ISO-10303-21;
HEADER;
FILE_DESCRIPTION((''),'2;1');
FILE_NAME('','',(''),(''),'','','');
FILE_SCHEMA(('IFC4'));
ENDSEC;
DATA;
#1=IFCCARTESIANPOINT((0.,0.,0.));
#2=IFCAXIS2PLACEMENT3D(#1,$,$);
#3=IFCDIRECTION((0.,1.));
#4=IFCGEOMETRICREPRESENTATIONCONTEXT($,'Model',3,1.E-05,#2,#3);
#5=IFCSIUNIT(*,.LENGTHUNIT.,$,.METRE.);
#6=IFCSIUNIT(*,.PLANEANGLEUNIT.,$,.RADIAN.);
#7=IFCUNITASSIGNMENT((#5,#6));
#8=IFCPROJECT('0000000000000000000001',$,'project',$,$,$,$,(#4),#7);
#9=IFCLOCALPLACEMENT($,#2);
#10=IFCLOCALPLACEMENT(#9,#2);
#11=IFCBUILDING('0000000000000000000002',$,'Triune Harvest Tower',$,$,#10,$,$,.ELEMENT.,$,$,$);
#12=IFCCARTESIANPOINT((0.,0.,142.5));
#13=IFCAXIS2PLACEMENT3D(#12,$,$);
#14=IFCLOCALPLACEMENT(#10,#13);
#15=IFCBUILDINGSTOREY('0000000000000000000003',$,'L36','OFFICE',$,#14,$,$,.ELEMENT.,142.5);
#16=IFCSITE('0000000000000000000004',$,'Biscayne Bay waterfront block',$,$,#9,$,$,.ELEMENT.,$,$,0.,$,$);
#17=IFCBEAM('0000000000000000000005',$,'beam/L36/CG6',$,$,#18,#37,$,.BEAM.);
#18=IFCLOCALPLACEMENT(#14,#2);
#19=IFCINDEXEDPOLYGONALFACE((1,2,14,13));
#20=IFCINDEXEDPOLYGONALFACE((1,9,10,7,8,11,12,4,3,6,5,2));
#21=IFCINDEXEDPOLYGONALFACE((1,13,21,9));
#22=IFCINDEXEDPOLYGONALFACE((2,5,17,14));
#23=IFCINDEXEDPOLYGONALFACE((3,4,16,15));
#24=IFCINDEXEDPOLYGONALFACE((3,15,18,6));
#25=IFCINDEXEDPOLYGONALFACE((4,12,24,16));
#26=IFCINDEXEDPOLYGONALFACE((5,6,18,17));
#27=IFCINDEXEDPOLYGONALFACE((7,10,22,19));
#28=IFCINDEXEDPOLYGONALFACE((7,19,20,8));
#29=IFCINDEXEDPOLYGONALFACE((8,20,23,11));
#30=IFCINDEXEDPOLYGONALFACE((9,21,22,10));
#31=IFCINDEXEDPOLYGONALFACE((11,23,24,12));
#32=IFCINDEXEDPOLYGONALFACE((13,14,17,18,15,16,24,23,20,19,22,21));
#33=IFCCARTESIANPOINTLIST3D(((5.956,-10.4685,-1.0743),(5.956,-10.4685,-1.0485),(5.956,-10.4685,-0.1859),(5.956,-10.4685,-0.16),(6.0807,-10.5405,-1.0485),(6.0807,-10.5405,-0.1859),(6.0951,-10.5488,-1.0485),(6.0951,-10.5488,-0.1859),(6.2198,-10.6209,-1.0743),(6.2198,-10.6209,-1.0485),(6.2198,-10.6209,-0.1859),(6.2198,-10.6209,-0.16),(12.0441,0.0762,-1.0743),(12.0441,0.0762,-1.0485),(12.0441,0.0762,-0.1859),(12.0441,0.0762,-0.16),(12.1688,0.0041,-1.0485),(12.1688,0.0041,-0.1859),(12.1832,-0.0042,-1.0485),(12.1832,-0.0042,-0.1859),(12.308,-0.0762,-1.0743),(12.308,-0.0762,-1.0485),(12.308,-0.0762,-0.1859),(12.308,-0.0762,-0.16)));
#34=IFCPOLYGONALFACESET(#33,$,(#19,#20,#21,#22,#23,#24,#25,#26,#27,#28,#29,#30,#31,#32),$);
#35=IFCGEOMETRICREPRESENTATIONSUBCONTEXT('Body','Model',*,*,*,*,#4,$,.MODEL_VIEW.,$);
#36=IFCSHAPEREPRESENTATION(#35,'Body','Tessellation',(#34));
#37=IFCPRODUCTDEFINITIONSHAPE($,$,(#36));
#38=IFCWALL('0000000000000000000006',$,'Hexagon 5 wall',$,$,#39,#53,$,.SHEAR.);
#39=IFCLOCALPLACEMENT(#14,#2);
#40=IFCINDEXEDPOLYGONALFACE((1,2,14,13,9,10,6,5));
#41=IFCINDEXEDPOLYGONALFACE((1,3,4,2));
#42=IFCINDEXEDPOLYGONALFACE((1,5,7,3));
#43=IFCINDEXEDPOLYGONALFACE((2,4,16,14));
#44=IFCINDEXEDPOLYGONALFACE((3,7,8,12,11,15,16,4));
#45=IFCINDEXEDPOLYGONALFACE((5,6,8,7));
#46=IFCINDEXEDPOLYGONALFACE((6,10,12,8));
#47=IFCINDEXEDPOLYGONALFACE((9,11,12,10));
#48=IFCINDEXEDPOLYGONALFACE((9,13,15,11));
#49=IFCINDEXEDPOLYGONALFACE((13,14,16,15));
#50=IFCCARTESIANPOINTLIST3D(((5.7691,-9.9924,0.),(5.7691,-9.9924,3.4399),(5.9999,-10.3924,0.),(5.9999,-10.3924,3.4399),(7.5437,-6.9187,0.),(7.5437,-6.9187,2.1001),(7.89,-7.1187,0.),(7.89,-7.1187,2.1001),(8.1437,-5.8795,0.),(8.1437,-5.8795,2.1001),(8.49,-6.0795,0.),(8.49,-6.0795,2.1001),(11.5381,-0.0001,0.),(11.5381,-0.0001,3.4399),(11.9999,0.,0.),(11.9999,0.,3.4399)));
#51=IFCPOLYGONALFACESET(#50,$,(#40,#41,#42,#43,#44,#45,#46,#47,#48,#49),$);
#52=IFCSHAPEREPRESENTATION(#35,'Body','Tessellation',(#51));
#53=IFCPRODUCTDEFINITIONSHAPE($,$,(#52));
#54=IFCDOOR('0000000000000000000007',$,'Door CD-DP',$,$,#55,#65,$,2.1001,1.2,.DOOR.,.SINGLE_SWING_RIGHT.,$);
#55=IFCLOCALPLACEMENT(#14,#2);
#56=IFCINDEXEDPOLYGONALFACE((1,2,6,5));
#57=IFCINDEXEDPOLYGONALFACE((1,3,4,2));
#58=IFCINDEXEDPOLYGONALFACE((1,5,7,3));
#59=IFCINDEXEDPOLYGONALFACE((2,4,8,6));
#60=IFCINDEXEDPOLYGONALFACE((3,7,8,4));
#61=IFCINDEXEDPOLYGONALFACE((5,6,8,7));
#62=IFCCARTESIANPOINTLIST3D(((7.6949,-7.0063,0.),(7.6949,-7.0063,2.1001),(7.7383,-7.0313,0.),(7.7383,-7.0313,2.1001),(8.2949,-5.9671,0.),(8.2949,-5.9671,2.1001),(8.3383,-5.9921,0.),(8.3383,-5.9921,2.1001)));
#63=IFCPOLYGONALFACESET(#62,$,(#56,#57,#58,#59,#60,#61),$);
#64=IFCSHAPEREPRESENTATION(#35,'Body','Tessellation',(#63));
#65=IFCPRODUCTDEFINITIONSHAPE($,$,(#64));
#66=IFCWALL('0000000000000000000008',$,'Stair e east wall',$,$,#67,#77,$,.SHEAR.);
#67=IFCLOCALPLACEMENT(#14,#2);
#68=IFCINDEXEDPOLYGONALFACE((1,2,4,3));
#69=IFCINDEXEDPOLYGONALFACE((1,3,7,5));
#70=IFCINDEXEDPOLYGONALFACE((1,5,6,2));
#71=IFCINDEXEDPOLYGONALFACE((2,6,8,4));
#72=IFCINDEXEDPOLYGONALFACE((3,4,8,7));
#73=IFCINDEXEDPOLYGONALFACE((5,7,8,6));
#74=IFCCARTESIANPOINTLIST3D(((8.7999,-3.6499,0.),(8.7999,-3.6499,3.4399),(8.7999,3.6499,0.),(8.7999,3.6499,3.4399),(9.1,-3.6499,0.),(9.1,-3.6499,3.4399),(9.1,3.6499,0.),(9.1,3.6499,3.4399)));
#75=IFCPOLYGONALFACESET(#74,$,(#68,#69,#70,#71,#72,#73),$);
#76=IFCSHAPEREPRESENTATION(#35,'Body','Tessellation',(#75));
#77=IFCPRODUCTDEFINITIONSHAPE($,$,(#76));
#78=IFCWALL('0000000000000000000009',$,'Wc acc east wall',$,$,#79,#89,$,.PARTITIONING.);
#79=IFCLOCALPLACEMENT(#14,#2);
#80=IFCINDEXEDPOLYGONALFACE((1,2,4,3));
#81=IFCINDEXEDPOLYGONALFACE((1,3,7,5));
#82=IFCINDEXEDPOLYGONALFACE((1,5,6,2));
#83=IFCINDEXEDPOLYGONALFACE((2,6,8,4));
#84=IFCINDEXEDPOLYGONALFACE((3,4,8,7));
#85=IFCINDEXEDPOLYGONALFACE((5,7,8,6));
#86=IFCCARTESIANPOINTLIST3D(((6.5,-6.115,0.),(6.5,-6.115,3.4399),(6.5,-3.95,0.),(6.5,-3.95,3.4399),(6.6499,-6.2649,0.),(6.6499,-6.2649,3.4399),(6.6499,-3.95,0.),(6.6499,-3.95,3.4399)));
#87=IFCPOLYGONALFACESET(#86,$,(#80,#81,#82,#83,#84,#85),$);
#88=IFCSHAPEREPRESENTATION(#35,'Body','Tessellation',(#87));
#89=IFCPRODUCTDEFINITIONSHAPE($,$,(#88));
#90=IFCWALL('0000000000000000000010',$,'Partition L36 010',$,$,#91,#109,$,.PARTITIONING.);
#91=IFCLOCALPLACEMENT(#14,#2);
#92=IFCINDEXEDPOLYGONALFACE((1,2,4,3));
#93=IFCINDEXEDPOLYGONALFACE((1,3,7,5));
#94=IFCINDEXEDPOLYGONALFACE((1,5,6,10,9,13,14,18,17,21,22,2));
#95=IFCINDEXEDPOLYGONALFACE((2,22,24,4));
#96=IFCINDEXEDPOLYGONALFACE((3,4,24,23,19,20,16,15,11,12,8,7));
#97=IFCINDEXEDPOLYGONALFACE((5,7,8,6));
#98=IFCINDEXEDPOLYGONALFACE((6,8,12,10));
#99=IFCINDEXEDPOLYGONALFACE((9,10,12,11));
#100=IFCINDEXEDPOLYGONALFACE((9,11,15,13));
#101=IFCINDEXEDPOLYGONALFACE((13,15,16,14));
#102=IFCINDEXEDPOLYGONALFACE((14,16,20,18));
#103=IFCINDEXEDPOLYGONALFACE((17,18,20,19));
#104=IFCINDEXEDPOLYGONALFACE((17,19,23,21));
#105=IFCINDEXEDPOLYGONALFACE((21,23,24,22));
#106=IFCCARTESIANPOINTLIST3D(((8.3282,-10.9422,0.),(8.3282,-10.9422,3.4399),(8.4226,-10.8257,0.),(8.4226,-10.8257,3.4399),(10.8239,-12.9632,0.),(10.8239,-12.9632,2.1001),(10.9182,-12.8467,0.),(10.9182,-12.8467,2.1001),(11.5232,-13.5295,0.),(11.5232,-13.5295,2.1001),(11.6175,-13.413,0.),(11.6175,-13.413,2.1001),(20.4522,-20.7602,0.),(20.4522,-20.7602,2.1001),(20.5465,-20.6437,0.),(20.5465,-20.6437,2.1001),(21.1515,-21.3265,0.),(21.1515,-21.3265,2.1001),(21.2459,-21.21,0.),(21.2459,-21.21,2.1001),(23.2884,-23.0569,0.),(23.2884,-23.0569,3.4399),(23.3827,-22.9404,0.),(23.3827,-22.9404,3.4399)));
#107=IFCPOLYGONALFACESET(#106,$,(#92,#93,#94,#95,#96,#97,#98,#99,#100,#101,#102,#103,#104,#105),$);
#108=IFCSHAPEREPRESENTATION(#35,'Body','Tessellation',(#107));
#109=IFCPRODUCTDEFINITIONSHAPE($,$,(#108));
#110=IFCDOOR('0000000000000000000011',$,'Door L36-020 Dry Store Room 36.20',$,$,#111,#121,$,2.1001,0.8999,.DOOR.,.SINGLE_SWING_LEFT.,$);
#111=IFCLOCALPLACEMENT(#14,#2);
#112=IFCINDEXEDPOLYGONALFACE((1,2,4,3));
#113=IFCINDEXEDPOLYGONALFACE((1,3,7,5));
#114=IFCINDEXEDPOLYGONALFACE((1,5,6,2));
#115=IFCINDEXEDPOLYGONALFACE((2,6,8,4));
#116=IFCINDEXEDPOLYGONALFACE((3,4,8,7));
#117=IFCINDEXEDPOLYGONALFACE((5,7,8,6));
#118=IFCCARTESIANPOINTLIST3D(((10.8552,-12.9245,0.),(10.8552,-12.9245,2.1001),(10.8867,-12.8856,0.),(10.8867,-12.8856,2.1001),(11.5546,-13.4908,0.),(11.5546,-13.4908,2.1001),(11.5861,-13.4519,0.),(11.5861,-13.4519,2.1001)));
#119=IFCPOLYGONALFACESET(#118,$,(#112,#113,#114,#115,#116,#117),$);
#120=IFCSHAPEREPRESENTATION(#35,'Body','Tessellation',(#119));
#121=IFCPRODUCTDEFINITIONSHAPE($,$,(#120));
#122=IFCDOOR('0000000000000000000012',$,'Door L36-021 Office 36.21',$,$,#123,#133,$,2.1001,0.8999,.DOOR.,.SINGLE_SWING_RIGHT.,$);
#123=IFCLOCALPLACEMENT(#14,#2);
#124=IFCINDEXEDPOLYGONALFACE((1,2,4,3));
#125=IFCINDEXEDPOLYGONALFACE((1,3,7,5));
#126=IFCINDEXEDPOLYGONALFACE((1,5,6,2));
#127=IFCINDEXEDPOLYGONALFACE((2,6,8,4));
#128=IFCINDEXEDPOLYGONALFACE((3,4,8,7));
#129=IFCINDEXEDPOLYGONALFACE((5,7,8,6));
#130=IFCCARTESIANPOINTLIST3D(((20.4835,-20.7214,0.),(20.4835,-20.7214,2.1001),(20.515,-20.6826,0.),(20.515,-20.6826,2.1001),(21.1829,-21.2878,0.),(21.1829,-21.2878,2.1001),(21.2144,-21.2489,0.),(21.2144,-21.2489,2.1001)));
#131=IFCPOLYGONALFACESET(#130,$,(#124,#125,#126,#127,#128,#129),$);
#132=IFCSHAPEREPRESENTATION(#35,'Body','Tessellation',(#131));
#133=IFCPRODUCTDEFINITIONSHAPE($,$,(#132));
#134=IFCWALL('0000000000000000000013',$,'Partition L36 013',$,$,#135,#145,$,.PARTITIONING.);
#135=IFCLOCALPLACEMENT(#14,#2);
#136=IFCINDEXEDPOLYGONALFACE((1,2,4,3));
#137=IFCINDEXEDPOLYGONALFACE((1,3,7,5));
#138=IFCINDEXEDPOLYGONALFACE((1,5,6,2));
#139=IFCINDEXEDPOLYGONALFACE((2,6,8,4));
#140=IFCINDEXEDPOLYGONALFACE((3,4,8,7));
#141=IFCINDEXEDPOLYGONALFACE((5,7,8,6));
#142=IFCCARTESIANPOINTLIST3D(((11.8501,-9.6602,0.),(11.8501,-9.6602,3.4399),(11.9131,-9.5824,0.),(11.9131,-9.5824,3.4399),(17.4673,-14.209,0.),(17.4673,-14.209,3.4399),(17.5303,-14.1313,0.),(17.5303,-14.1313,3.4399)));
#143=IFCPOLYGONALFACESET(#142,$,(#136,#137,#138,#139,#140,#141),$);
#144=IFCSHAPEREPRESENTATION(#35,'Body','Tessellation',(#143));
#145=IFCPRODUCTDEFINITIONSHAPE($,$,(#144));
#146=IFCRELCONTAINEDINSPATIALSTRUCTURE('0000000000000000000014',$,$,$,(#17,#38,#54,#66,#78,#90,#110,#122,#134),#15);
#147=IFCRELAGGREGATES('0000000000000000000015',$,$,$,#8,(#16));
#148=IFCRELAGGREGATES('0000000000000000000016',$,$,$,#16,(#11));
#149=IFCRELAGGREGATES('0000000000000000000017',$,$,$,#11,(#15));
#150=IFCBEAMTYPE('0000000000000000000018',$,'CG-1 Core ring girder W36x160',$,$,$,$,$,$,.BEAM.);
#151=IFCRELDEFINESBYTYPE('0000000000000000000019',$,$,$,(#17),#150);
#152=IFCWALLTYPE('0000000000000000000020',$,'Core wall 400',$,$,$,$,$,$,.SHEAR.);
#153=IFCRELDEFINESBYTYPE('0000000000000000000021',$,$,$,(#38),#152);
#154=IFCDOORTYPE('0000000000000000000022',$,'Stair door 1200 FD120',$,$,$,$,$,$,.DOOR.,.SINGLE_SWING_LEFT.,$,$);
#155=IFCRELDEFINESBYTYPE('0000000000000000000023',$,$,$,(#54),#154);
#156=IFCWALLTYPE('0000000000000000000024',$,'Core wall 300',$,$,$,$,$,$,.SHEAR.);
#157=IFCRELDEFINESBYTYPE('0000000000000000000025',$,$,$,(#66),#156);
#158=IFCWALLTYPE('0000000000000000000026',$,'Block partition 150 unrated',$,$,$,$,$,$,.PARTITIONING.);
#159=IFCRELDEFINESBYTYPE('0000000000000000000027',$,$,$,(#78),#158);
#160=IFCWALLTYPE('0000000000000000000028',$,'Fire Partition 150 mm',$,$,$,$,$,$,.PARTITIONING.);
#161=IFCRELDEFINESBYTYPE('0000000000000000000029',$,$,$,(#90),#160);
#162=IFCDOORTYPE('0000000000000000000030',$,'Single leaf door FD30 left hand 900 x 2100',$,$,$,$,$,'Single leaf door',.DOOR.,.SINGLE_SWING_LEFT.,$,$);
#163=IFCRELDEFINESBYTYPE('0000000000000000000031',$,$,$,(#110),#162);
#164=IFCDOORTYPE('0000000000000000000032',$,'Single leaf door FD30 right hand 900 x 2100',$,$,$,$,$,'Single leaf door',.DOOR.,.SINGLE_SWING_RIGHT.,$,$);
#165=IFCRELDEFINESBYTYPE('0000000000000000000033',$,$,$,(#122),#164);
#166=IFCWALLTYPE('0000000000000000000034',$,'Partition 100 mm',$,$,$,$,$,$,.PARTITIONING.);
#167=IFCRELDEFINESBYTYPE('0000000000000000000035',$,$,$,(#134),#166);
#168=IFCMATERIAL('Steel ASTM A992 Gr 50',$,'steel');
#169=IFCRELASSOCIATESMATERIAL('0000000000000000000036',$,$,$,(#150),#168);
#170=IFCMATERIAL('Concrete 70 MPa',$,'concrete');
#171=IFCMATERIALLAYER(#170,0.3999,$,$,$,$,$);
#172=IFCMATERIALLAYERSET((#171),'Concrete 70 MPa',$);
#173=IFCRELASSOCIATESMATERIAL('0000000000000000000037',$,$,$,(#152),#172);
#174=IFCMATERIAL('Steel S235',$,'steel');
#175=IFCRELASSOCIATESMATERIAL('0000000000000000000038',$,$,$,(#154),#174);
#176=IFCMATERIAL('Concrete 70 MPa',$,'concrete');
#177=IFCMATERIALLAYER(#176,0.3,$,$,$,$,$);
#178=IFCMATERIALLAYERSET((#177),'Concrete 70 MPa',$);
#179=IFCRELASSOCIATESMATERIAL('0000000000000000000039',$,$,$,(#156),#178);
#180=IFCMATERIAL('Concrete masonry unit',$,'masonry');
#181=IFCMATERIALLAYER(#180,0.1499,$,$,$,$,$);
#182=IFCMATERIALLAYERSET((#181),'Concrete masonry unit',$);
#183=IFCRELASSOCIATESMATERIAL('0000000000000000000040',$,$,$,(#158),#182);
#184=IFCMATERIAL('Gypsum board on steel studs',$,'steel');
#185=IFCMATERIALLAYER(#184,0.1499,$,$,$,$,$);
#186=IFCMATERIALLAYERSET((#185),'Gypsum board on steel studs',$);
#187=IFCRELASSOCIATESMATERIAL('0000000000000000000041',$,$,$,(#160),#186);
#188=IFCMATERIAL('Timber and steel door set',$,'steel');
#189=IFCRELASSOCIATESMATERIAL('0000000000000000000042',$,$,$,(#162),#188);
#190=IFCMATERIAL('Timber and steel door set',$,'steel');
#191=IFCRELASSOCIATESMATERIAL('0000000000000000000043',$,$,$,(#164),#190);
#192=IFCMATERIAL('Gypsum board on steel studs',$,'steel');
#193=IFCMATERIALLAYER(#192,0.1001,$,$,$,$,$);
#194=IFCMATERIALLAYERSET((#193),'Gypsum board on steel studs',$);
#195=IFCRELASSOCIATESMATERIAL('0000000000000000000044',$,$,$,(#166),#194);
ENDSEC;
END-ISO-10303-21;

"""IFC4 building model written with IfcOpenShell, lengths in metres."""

from ifc_helpers import new_model, si_unit, direction, frame, frame_2d, origin, origin_2d, place, context, subcontext, project, spatial, polyline, rectangle, i_section, outline, extrude, source, transform, mapped, material, layer, layer_set, material_profile, profile_set, type_object, element, fill, save


model = new_model("IFC4")

# Units and contexts
model_context = context("Model", 3, precision=1e-05, world=origin(), true_north=direction((0.0, 1.0)))
body_context = subcontext(model_context, "Body", "Model", "MODEL_VIEW")
ifc_project = project(units=[si_unit("LENGTHUNIT", "METRE"), si_unit("PLANEANGLEUNIT", "RADIAN")], contexts=[model_context])

# Site, building, storey
site_placement = place(None, origin())
site = spatial("IfcSite", under=ifc_project, at=site_placement, Name="Biscayne Bay waterfront block", CompositionType="ELEMENT", RefElevation=0.0)
building_placement = place(site_placement, origin())
building = spatial("IfcBuilding", under=site, at=building_placement, Name="Triune Harvest Tower", CompositionType="ELEMENT")
storey_placement = place(building_placement, frame((0.0, 0.0, 142.5)))
storey = spatial("IfcBuildingStorey", under=building, at=storey_placement, Name="L36", Description="OFFICE", CompositionType="ELEMENT", Elevation=142.5)

# Beam
ifc_material_1 = material(Name="Steel ASTM A992 Gr 50", Category="steel")
ifc_material_profile = material_profile(ifc_material_1, i_section(OverallWidth=0.3047, OverallDepth=0.9143, WebThickness=0.0166, FlangeThickness=0.0259, at=origin_2d()), Name="W36x160")
ifc_profile_set = profile_set([ifc_material_profile], Name="Steel ASTM A992 Gr 50")
beam_type = type_object("IfcBeamType", Name="CG-1 Core ring girder W36x160", PredefinedType="BEAM", material=ifc_profile_set)
shared_shape_1 = source(origin(), body_context, "Body", "SweptSolid", [
    extrude(i_section(OverallWidth=0.3047, OverallDepth=0.9143, WebThickness=0.0166, FlangeThickness=0.0259, at=origin_2d()), origin(), (0.0, 0.0, 1.0), 12.176),
])
beam_placement = place(storey_placement, frame((6.0879, -10.5447, -0.6172), z_axis=(0.50001, 0.86602, 0.0), x_axis=(-0.86602, 0.50001, 0.0)))
element("IfcBeam", 1, at=beam_placement, inside=storey, type_object=beam_type, Name="beam/L36/CG6", PredefinedType="BEAM", context=body_context, shape_type="MappedRepresentation", body=[
    mapped(shared_shape_1, transform((0.0, 0.0, 0.0), scale=1.0)),
])

# Wall, opening, door
ifc_material_2 = material(Name="Concrete 70 MPa", Category="concrete")
ifc_layer_1 = layer(ifc_material_2, 0.3999)
ifc_layer_set_1 = layer_set([ifc_layer_1], Name="Concrete 70 MPa")
wall_type_1 = type_object("IfcWallType", Name="Core wall 400", PredefinedType="SHEAR", material=ifc_layer_set_1)
shared_shape_2 = source(origin(), body_context, "Body", "SweptSolid", [
    extrude(outline(polyline([(-0.1155, -0.2), (11.8845, -0.2), (11.6536, 0.2), (0.1155, 0.2), (-0.1155, -0.2)])), origin(), (0.0, 0.0, 1.0), 3.4399),
])
wall_1_placement = place(storey_placement, frame((5.8845, -10.1924, 0.0), z_axis=(0.0, 0.0, 1.0), x_axis=(0.499997, 0.866027, 0.0)))
wall_1 = element("IfcWall", 2, at=wall_1_placement, inside=storey, type_object=wall_type_1, Name="Hexagon 5 wall", PredefinedType="SHEAR", context=body_context, shape_type="MappedRepresentation", body=[
    mapped(shared_shape_2, transform((0.0, 0.0, 0.0), scale=1.0)),
])
opening_1_placement = place(wall_1_placement, frame((3.6646, 0.0, 0.0)))
opening_1 = element("IfcOpeningElement", 3, at=opening_1_placement, cuts=wall_1, PredefinedType="OPENING", context=body_context, shape_type="SweptSolid", body=[
    extrude(rectangle(XDim=1.2, YDim=2.1001, at=frame_2d((0.6001, 1.05))), frame((0.0, 0.21, 0.0), z_axis=(0.0, -1.0, 0.0), x_axis=(1.0, 0.0, 0.0)), (0.0, 0.0, 1.0), 0.4199),
])
ifc_material_3 = material(Name="Steel S235", Category="steel")
door_type_1 = type_object("IfcDoorType", Name="Stair door 1200 FD120", OperationType="SINGLE_SWING_LEFT", PredefinedType="DOOR", material=ifc_material_3)
door_1_placement = place(opening_1_placement, frame((1.2, 0.0, 0.0), z_axis=(0.0, 0.0, 1.0), x_axis=(-1.0, 0.0, 0.0)))
door_1 = element("IfcDoor", 4, at=door_1_placement, inside=storey, type_object=door_type_1, Name="Door CD-DP", OperationType="SINGLE_SWING_RIGHT", OverallHeight=2.1001, OverallWidth=1.2, PredefinedType="DOOR", context=body_context, shape_type="SweptSolid", body=[
    extrude(rectangle(XDim=1.2, YDim=2.1001, at=frame_2d((0.6001, 1.05))), frame((0.0, 0.0249, 0.0), z_axis=(0.0, -1.0, 0.0), x_axis=(1.0, 0.0, 0.0)), (0.0, 0.0, 1.0), 0.05),
])
fill(opening_1, door_1)

# Walls
ifc_material_4 = material(Name="Concrete 70 MPa", Category="concrete")
ifc_layer_2 = layer(ifc_material_4, 0.3)
ifc_layer_set_2 = layer_set([ifc_layer_2], Name="Concrete 70 MPa")
wall_type_2 = type_object("IfcWallType", Name="Core wall 300", PredefinedType="SHEAR", material=ifc_layer_set_2)
shared_shape_3 = source(origin(), body_context, "Body", "SweptSolid", [
    extrude(rectangle(XDim=7.2998, YDim=0.3, at=frame_2d((3.6499, 0.0))), origin(), (0.0, 0.0, 1.0), 3.4399),
])
wall_2_placement = place(storey_placement, frame((8.95, -3.6499, 0.0), z_axis=(0.0, 0.0, 1.0), x_axis=(0.0, 1.0, 0.0)))
element("IfcWall", 5, at=wall_2_placement, inside=storey, type_object=wall_type_2, Name="Stair e east wall", PredefinedType="SHEAR", context=body_context, shape_type="MappedRepresentation", body=[
    mapped(shared_shape_3, transform((0.0, 0.0, 0.0), scale=1.0)),
])
ifc_material_5 = material(Name="Concrete masonry unit", Category="masonry")
ifc_layer_3 = layer(ifc_material_5, 0.1499)
ifc_layer_set_3 = layer_set([ifc_layer_3], Name="Concrete masonry unit")
wall_type_3 = type_object("IfcWallType", Name="Block partition 150 unrated", PredefinedType="PARTITIONING", material=ifc_layer_set_3)
shared_shape_4 = source(origin(), body_context, "Body", "SweptSolid", [
    extrude(outline(polyline([(-0.075, -0.075), (2.24, -0.075), (2.24, 0.075), (0.075, 0.075), (-0.075, -0.075)])), origin(), (0.0, 0.0, 1.0), 3.4399),
])
wall_3_placement = place(storey_placement, frame((6.575, -6.1899, 0.0), z_axis=(0.0, 0.0, 1.0), x_axis=(0.0, 1.0, 0.0)))
element("IfcWall", 6, at=wall_3_placement, inside=storey, type_object=wall_type_3, Name="Wc acc east wall", PredefinedType="PARTITIONING", context=body_context, shape_type="MappedRepresentation", body=[
    mapped(shared_shape_4, transform((0.0, 0.0, 0.0), scale=1.0)),
])

# Wall, openings, doors
ifc_material_6 = material(Name="Gypsum board on steel studs", Category="steel")
ifc_layer_4 = layer(ifc_material_6, 0.1499)
ifc_layer_set_4 = layer_set([ifc_layer_4], Name="Gypsum board on steel studs")
wall_type_4 = type_object("IfcWallType", Name="Fire Partition 150 mm", PredefinedType="PARTITIONING", material=ifc_layer_set_4)
shared_shape_5 = source(origin(), body_context, "Body", "SweptSolid", [
    extrude(rectangle(XDim=19.2502, YDim=0.1499, at=frame_2d((9.625, 0.0))), origin(), (0.0, 0.0, 1.0), 3.4399),
])
wall_4_placement = place(storey_placement, frame((8.3755, -10.884, 0.0), z_axis=(0.0, 0.0, 1.0), x_axis=(0.777141, -0.629327, 0.0)))
wall_4 = element("IfcWall", 7, at=wall_4_placement, inside=storey, type_object=wall_type_4, Name="Partition L36 010", PredefinedType="PARTITIONING", context=body_context, shape_type="MappedRepresentation", body=[
    mapped(shared_shape_5, transform((0.0, 0.0, 0.0), scale=1.0)),
])
opening_2_placement = place(wall_4_placement, frame((3.2112, 0.0, 0.0)))
opening_2 = element("IfcOpeningElement", 8, at=opening_2_placement, cuts=wall_4, PredefinedType="OPENING", context=body_context, shape_type="SweptSolid", body=[
    extrude(rectangle(XDim=0.8999, YDim=2.1001, at=frame_2d((0.45, 1.05))), frame((0.0, 0.085, 0.0), z_axis=(0.0, -1.0, 0.0), x_axis=(1.0, 0.0, 0.0)), (0.0, 0.0, 1.0), 0.1699),
])
opening_3_placement = place(wall_4_placement, frame((15.6006, 0.0, 0.0)))
opening_3 = element("IfcOpeningElement", 9, at=opening_3_placement, cuts=wall_4, PredefinedType="OPENING", context=body_context, shape_type="SweptSolid", body=[
    extrude(rectangle(XDim=0.8999, YDim=2.1001, at=frame_2d((0.45, 1.05))), frame((0.0, 0.085, 0.0), z_axis=(0.0, -1.0, 0.0), x_axis=(1.0, 0.0, 0.0)), (0.0, 0.0, 1.0), 0.1699),
])
ifc_material_7 = material(Name="Timber and steel door set", Category="steel")
door_type_2 = type_object("IfcDoorType", Name="Single leaf door FD30 left hand 900 x 2100", ElementType="Single leaf door", OperationType="SINGLE_SWING_LEFT", PredefinedType="DOOR", material=ifc_material_7)
door_2_placement = place(opening_2_placement, origin())
door_2 = element("IfcDoor", 10, at=door_2_placement, inside=storey, type_object=door_type_2, Name="Door L36-020 Dry Store Room 36.20", OperationType="SINGLE_SWING_LEFT", OverallHeight=2.1001, OverallWidth=0.8999, PredefinedType="DOOR", context=body_context, shape_type="SweptSolid", body=[
    extrude(rectangle(XDim=0.8999, YDim=2.1001, at=frame_2d((0.45, 1.05))), frame((0.0, 0.0249, 0.0), z_axis=(0.0, -1.0, 0.0), x_axis=(1.0, 0.0, 0.0)), (0.0, 0.0, 1.0), 0.05),
])
fill(opening_2, door_2)
ifc_material_8 = material(Name="Timber and steel door set", Category="steel")
door_type_3 = type_object("IfcDoorType", Name="Single leaf door FD30 right hand 900 x 2100", ElementType="Single leaf door", OperationType="SINGLE_SWING_RIGHT", PredefinedType="DOOR", material=ifc_material_8)
door_3_placement = place(opening_3_placement, origin())
door_3 = element("IfcDoor", 11, at=door_3_placement, inside=storey, type_object=door_type_3, Name="Door L36-021 Office 36.21", OperationType="SINGLE_SWING_RIGHT", OverallHeight=2.1001, OverallWidth=0.8999, PredefinedType="DOOR", context=body_context, shape_type="SweptSolid", body=[
    extrude(rectangle(XDim=0.8999, YDim=2.1001, at=frame_2d((0.45, 1.05))), frame((0.0, 0.0249, 0.0), z_axis=(0.0, -1.0, 0.0), x_axis=(1.0, 0.0, 0.0)), (0.0, 0.0, 1.0), 0.05),
])
fill(opening_3, door_3)

# Wall
ifc_material_9 = material(Name="Gypsum board on steel studs", Category="steel")
ifc_layer_5 = layer(ifc_material_9, 0.1001)
ifc_layer_set_5 = layer_set([ifc_layer_5], Name="Gypsum board on steel studs")
wall_type_5 = type_object("IfcWallType", Name="Partition 100 mm", PredefinedType="PARTITIONING", material=ifc_layer_set_5)
shared_shape_6 = source(origin(), body_context, "Body", "SweptSolid", [
    extrude(rectangle(XDim=7.228, YDim=0.1001, at=frame_2d((3.614, 0.0))), origin(), (0.0, 0.0, 1.0), 3.4399),
])
wall_5_placement = place(storey_placement, frame((11.8816, -9.6213, 0.0), z_axis=(0.0, 0.0, 1.0), x_axis=(0.777138, -0.62933, 0.0)))
element("IfcWall", 12, at=wall_5_placement, inside=storey, type_object=wall_type_5, Name="Partition L36 013", PredefinedType="PARTITIONING", context=body_context, shape_type="MappedRepresentation", body=[
    mapped(shared_shape_6, transform((0.0, 0.0, 0.0), scale=1.0)),
])

save(model, "model.ifc")
